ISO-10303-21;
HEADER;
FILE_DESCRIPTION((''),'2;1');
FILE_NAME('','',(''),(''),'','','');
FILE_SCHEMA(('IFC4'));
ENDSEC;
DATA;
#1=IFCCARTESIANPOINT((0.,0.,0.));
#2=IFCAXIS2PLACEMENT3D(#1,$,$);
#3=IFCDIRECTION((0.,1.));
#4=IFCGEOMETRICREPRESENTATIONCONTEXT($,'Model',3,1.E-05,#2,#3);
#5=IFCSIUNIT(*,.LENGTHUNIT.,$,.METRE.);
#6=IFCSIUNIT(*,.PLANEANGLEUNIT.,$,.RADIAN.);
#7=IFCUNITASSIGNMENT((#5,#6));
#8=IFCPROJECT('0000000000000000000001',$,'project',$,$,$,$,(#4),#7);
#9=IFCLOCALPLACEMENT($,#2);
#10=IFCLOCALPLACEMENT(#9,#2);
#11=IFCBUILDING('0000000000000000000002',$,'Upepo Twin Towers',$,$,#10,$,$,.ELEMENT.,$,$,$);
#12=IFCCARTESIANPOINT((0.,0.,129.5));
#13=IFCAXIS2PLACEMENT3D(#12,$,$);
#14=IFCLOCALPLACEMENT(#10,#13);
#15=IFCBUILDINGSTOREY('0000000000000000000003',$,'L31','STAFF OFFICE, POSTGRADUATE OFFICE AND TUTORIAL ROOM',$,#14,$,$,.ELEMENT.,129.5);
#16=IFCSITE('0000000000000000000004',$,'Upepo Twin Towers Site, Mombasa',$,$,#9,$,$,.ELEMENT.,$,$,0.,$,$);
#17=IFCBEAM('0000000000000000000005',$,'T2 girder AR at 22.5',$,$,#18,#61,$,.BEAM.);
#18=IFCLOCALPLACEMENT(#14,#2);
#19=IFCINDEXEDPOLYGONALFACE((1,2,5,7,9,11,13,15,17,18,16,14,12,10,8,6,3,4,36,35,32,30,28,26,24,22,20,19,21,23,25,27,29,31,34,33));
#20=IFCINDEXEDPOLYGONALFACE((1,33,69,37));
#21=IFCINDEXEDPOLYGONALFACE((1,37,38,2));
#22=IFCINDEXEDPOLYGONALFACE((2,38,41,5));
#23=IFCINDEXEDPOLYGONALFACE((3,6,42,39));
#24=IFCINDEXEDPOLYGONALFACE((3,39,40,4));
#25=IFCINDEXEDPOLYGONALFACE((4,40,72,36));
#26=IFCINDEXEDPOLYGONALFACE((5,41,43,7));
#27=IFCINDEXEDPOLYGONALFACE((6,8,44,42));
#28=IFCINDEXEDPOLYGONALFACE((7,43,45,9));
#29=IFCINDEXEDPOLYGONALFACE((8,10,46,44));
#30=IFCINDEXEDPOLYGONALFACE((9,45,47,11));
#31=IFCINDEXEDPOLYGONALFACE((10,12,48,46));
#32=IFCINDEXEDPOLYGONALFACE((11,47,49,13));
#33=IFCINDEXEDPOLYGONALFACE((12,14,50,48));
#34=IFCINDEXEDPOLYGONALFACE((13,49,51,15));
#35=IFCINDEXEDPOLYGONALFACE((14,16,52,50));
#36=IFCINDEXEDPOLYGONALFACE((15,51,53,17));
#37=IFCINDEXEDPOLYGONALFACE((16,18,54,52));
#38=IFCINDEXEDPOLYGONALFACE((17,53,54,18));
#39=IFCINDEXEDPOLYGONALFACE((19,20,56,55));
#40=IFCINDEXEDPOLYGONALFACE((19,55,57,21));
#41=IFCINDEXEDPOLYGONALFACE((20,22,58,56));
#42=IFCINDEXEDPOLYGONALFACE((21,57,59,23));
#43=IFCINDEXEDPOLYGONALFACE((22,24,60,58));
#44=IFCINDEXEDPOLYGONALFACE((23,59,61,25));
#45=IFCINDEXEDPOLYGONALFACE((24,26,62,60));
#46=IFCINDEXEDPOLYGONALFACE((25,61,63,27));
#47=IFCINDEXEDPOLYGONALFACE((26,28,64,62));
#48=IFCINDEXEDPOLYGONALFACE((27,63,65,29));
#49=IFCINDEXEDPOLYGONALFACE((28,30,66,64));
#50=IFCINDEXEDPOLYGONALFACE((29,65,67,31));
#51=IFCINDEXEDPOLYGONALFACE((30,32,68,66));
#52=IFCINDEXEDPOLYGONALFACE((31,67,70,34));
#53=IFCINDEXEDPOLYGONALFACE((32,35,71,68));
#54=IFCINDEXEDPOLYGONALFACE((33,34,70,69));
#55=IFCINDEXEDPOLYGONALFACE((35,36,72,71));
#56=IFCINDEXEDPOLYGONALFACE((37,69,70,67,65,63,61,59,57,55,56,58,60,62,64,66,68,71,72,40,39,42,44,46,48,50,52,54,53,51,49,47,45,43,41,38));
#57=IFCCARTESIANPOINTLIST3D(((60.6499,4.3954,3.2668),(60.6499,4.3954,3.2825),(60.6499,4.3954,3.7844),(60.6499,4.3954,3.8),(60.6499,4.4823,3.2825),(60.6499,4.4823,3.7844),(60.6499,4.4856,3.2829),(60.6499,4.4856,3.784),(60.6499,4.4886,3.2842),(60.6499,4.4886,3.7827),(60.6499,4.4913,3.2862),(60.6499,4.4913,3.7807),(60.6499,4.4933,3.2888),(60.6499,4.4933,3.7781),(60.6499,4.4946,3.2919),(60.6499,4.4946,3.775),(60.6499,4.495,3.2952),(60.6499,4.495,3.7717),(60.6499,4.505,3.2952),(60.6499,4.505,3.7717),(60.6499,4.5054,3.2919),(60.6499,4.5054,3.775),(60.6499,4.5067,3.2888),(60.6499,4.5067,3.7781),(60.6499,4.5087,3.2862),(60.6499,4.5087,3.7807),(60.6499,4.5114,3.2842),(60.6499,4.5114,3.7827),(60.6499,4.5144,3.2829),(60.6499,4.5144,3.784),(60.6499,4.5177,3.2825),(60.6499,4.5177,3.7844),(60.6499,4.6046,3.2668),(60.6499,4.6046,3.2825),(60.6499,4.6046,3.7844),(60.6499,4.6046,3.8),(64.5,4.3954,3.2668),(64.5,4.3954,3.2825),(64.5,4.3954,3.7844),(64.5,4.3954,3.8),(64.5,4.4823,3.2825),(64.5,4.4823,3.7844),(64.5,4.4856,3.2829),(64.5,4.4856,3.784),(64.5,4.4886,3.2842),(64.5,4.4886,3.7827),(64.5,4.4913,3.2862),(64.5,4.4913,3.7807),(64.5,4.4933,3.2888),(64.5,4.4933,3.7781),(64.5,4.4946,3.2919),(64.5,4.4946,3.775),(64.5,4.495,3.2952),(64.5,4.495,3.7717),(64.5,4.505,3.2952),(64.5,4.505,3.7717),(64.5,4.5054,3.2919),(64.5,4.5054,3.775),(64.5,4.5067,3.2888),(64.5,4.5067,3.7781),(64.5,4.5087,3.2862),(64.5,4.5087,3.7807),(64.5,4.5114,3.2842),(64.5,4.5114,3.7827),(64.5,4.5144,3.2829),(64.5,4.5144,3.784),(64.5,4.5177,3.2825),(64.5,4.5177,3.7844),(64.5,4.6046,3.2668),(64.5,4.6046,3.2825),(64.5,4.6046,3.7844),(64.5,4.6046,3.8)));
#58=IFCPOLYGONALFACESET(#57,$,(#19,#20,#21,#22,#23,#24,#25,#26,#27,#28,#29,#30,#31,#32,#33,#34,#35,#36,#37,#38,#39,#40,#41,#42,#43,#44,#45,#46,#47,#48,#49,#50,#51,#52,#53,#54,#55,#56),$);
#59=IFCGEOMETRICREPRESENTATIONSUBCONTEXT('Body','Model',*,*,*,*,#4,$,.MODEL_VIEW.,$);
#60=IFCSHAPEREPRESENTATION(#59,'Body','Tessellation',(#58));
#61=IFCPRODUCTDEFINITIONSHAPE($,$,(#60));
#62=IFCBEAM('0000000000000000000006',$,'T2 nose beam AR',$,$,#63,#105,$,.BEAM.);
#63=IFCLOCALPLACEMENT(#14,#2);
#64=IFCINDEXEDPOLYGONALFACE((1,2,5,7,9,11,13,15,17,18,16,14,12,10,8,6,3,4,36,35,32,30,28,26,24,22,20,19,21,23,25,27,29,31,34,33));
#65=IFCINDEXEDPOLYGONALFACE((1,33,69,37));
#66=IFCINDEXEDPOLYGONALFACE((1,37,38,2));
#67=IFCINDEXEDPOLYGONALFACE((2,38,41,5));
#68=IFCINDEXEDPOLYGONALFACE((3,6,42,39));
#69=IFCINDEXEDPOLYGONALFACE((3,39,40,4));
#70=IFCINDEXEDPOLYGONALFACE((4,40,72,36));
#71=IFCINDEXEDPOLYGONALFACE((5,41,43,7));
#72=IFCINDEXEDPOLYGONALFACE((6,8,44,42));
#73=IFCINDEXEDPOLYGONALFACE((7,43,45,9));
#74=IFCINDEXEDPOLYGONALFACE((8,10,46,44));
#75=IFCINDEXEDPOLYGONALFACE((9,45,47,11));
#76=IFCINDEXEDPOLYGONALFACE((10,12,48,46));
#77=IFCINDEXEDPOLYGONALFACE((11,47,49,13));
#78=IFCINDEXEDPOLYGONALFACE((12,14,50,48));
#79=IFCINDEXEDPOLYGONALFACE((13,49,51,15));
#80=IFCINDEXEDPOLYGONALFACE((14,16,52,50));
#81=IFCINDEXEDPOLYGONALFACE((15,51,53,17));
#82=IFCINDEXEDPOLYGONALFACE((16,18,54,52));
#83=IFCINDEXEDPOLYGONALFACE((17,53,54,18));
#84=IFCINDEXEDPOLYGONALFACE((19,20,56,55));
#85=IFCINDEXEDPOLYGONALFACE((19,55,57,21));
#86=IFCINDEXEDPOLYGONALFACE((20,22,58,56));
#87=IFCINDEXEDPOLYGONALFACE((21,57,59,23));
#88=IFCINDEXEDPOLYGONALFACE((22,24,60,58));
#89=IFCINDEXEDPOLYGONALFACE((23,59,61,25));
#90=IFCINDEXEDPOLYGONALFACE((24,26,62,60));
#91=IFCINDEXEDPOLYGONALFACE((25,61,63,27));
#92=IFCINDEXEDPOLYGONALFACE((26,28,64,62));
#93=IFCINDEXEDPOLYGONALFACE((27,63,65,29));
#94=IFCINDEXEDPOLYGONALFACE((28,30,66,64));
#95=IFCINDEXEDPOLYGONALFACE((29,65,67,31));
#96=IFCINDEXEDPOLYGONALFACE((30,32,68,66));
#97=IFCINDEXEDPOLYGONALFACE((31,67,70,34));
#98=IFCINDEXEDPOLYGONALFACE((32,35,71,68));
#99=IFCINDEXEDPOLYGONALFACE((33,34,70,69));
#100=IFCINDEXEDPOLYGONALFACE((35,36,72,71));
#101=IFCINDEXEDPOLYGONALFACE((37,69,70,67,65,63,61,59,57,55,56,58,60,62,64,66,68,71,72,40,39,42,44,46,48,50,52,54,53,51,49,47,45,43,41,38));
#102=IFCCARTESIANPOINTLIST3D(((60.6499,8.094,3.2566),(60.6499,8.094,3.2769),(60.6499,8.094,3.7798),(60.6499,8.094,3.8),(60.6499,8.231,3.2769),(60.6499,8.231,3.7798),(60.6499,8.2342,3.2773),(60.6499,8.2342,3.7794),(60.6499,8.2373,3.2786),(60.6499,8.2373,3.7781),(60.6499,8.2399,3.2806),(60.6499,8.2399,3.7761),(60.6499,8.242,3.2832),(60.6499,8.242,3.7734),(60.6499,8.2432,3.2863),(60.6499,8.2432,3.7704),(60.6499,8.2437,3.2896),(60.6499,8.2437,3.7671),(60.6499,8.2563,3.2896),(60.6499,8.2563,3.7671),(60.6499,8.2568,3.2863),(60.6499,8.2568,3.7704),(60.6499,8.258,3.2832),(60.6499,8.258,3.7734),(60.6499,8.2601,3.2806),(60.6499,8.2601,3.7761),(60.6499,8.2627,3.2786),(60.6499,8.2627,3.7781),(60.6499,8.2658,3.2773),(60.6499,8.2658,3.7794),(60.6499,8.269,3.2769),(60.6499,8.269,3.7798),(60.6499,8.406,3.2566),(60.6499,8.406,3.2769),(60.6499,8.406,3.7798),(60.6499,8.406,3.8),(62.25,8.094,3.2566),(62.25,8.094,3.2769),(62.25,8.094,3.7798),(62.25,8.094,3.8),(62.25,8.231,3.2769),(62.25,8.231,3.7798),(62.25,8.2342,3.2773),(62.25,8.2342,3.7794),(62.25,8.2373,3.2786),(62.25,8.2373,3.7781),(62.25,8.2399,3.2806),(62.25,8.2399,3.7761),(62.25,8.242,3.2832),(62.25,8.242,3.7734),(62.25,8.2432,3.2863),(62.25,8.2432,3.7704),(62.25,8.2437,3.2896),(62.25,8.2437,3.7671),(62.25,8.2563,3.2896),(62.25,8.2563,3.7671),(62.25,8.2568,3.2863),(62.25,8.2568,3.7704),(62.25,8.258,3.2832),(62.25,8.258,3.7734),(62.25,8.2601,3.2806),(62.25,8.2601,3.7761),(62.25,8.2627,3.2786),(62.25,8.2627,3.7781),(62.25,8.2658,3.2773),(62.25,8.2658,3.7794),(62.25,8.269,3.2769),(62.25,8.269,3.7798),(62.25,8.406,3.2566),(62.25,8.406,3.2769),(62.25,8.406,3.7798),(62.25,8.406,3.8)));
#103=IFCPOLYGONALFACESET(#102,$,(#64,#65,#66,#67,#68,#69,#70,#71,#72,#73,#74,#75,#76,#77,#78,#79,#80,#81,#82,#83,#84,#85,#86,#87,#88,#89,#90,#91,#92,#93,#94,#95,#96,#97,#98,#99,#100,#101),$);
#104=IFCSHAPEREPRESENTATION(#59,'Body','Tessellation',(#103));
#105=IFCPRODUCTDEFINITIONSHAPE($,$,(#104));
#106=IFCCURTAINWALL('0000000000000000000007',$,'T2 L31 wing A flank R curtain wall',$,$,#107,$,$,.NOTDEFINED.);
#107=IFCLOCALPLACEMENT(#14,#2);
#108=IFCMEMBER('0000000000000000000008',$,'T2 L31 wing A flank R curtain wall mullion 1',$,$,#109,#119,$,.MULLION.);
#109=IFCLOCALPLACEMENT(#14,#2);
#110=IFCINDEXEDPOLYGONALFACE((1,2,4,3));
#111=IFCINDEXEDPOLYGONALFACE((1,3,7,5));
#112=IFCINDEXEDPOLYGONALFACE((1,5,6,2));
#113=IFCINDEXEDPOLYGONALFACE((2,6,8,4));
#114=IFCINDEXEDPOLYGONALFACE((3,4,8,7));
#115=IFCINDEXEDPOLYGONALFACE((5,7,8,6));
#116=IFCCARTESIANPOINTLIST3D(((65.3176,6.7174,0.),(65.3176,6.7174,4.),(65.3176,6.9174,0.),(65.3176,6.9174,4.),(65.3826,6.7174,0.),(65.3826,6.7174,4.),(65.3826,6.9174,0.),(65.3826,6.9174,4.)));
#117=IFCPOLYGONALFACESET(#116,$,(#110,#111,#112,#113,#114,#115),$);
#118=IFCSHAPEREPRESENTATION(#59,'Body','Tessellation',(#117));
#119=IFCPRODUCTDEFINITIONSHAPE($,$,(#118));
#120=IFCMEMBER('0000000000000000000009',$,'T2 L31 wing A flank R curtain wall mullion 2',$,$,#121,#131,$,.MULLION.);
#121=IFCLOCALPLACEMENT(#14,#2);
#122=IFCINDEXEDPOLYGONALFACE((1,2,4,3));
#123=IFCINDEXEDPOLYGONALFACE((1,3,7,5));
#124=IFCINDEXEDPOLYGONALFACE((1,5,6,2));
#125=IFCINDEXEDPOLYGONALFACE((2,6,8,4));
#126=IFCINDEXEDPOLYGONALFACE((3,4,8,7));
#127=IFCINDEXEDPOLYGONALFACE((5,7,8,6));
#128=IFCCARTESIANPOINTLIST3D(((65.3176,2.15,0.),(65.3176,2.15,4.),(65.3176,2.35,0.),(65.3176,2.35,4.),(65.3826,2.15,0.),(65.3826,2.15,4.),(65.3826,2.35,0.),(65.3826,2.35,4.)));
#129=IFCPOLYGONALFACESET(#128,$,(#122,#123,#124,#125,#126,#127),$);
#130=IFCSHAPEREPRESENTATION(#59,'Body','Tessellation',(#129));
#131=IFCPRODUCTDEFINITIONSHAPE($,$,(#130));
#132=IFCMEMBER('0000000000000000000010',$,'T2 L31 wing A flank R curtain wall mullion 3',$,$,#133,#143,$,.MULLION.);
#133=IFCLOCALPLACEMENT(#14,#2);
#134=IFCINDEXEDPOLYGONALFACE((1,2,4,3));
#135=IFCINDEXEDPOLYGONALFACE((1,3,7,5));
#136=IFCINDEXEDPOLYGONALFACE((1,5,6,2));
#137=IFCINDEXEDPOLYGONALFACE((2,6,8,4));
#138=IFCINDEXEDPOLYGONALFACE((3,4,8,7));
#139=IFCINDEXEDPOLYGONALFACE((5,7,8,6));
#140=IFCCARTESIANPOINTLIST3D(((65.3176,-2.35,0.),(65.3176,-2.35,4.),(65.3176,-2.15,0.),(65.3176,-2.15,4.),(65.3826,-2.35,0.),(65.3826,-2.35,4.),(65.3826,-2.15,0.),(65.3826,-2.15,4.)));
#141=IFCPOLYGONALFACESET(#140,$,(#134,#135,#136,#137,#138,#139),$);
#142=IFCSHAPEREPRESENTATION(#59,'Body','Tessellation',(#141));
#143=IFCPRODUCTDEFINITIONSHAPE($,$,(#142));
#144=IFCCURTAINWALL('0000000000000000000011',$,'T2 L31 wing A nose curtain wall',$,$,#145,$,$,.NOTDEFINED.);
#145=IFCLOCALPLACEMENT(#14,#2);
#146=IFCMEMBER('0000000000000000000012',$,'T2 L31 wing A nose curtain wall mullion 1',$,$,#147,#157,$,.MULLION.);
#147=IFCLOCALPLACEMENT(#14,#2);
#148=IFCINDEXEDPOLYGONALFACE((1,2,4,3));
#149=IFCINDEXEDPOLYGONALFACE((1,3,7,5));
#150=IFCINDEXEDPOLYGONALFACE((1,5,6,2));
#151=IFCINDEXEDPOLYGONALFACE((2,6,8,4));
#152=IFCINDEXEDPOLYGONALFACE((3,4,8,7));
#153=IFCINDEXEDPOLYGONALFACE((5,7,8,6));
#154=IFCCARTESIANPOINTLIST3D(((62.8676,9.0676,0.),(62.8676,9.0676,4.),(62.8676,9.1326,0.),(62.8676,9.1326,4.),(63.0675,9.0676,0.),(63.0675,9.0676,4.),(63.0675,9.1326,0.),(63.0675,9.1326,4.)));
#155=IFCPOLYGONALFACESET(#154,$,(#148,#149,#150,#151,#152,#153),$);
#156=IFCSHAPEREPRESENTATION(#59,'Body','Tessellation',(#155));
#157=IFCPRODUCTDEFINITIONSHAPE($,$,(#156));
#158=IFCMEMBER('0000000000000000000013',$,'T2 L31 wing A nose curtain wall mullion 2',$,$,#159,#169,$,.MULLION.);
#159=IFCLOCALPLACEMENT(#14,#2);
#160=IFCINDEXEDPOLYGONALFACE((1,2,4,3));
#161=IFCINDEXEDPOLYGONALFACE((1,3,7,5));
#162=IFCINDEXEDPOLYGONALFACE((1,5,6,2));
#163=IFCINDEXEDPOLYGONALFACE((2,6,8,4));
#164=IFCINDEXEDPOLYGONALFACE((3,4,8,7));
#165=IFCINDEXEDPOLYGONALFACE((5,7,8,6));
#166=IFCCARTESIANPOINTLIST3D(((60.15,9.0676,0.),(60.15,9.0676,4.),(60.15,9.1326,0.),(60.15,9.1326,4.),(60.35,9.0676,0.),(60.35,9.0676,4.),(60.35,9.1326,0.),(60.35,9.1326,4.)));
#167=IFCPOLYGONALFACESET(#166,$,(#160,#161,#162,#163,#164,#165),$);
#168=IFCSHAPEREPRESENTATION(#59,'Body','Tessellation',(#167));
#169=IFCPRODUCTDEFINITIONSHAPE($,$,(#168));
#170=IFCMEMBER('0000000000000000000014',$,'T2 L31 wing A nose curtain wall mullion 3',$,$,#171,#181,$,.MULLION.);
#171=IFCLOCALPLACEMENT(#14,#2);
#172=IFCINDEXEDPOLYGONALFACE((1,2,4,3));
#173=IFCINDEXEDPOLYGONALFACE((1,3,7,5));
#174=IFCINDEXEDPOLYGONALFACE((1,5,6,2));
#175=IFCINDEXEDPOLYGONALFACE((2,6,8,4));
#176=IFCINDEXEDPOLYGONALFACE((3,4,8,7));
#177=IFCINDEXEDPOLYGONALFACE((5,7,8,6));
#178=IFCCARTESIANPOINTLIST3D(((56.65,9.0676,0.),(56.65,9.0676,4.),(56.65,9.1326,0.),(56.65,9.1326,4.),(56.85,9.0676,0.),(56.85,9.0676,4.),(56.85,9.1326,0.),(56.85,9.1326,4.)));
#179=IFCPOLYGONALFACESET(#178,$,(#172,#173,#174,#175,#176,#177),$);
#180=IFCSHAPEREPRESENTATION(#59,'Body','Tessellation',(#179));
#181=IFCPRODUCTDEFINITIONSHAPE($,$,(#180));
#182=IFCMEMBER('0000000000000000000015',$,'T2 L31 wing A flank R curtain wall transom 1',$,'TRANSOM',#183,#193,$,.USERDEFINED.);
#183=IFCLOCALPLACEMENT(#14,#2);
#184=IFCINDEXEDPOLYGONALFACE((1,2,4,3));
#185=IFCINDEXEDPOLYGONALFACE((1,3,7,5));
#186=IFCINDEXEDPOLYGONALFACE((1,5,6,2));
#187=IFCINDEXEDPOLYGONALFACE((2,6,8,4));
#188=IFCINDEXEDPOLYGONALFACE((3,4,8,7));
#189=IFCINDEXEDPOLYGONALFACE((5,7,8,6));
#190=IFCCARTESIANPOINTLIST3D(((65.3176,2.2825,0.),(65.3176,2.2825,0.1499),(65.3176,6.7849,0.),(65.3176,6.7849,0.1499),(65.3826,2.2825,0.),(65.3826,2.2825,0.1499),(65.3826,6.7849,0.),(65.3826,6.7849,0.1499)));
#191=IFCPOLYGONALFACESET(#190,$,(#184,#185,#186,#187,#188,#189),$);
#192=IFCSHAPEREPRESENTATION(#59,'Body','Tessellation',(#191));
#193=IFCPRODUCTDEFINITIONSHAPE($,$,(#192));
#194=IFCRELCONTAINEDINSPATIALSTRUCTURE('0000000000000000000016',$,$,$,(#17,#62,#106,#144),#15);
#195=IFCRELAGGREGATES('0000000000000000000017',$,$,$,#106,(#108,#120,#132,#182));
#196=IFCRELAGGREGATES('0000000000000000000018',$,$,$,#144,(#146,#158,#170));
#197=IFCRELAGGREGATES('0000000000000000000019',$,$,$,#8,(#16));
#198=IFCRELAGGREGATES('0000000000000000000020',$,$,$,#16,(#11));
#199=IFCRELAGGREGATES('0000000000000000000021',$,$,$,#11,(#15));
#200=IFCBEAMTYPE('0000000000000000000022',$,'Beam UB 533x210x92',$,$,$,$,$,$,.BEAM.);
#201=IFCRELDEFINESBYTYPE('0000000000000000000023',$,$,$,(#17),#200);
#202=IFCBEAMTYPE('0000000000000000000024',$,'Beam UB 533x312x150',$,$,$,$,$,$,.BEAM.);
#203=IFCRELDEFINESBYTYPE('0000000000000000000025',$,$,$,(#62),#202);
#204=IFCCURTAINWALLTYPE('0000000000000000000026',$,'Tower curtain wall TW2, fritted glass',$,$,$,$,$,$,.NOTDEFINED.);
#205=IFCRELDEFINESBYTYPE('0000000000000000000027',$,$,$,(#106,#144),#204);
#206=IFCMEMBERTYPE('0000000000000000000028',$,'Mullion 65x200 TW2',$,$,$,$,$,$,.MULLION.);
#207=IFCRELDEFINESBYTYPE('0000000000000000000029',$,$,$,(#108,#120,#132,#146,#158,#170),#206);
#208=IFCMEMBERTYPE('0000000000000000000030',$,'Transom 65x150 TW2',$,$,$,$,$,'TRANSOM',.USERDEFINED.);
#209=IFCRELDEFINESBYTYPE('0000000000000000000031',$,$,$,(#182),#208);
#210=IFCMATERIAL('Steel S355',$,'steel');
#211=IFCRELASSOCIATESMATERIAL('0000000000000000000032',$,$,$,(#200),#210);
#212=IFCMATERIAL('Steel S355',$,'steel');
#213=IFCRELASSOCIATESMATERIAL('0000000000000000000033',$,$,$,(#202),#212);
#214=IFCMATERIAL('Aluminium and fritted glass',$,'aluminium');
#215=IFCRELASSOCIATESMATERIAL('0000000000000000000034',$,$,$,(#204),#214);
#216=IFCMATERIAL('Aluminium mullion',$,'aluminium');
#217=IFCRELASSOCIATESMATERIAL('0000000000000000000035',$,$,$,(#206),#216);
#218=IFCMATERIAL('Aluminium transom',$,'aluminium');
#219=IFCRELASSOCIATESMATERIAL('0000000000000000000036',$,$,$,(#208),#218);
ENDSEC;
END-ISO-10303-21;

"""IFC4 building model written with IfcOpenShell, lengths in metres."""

from ifc_helpers import new_model, si_unit, direction, frame, origin, origin_2d, place, context, subcontext, project, spatial, rectangle, i_section, extrude, material, material_profile, profile_set, type_object, element, aggregate, save


model = new_model("IFC4")

# Units and contexts
model_context = context("Model", 3, precision=1e-05, world=origin(), true_north=direction((0.0, 1.0)))
body_context = subcontext(model_context, "Body", "Model", "MODEL_VIEW")
ifc_project = project(units=[si_unit("LENGTHUNIT", "METRE"), si_unit("PLANEANGLEUNIT", "RADIAN")], contexts=[model_context])

# Site, building, storey
site_placement = place(None, origin())
site = spatial("IfcSite", under=ifc_project, at=site_placement, Name="Upepo Twin Towers Site, Mombasa", CompositionType="ELEMENT", RefElevation=0.0)
building_placement = place(site_placement, origin())
building = spatial("IfcBuilding", under=site, at=building_placement, Name="Upepo Twin Towers", CompositionType="ELEMENT")
storey_placement = place(building_placement, frame((0.0, 0.0, 129.5)))
storey = spatial("IfcBuildingStorey", under=building, at=storey_placement, Name="L31", Description="STAFF OFFICE, POSTGRADUATE OFFICE AND TUTORIAL ROOM", CompositionType="ELEMENT", Elevation=129.5)

# Beams
ifc_material_1 = material(Name="Steel S355", Category="steel")
ifc_material_profile_1 = material_profile(ifc_material_1, i_section(OverallWidth=0.2092, OverallDepth=0.5332, WebThickness=0.01, FlangeThickness=0.0156, FilletRadius=0.0127, at=origin_2d()), Name="UB 533x210x92")
ifc_profile_set_1 = profile_set([ifc_material_profile_1], Name="Steel S355")
beam_type_1 = type_object("IfcBeamType", Name="Beam UB 533x210x92", PredefinedType="BEAM", material=ifc_profile_set_1)
for number, where, z_axis, x_axis, name in (
    (1, (64.5, 4.5, 3.5334), (-1.0, 0.0, 0.0), (0.0, -1.0, 0.0), "T2 girder AR at 22.5"),
):
    element("IfcBeam", number, at=place(storey_placement, frame(where, z_axis=z_axis, x_axis=x_axis)), inside=storey, type_object=beam_type_1, Name=name, PredefinedType="BEAM", context=body_context, shape_type="SweptSolid", body=[
        extrude(i_section(OverallWidth=0.2092, OverallDepth=0.5332, WebThickness=0.01, FlangeThickness=0.0156, FilletRadius=0.0127, at=origin_2d()), origin(), (0.0, 0.0, 1.0), 3.8501),
    ])
ifc_material_2 = material(Name="Steel S355", Category="steel")
ifc_material_profile_2 = material_profile(ifc_material_2, i_section(OverallWidth=0.312, OverallDepth=0.5435, WebThickness=0.0127, FlangeThickness=0.0203, FilletRadius=0.0127, at=origin_2d()), Name="UB 533x312x150")
ifc_profile_set_2 = profile_set([ifc_material_profile_2], Name="Steel S355")
beam_type_2 = type_object("IfcBeamType", Name="Beam UB 533x312x150", PredefinedType="BEAM", material=ifc_profile_set_2)
beam_1_placement = place(storey_placement, frame((62.25, 8.25, 3.5283), z_axis=(-1.0, 0.0, 0.0), x_axis=(0.0, -1.0, 0.0)))
element("IfcBeam", 2, at=beam_1_placement, inside=storey, type_object=beam_type_2, Name="T2 nose beam AR", PredefinedType="BEAM", context=body_context, shape_type="SweptSolid", body=[
    extrude(i_section(OverallWidth=0.312, OverallDepth=0.5435, WebThickness=0.0127, FlangeThickness=0.0203, FilletRadius=0.0127, at=origin_2d()), origin(), (0.0, 0.0, 1.0), 1.6001),
])

# Curtain walls, members
ifc_material_3 = material(Name="Aluminium and fritted glass", Category="aluminium")
curtain_wall_type = type_object("IfcCurtainWallType", Name="Tower curtain wall TW2, fritted glass", PredefinedType="NOTDEFINED", material=ifc_material_3)
curtain_wall_1_placement = place(storey_placement, origin())
curtain_wall_1 = element("IfcCurtainWall", 3, at=curtain_wall_1_placement, inside=storey, type_object=curtain_wall_type, Name="T2 L31 wing A flank R curtain wall", PredefinedType="NOTDEFINED")
ifc_material_4 = material(Name="Aluminium mullion", Category="aluminium")
ifc_material_profile_3 = material_profile(ifc_material_4, rectangle(XDim=0.0649, YDim=0.2, at=origin_2d()), Name="MULLION 65x200")
ifc_profile_set_3 = profile_set([ifc_material_profile_3], Name="Aluminium mullion")
member_type_1 = type_object("IfcMemberType", Name="Mullion 65x200 TW2", PredefinedType="MULLION", material=ifc_profile_set_3)
member_1_placement = place(storey_placement, frame((65.3501, 6.8174, 0.0), z_axis=(0.0, 0.0, 1.0), x_axis=(1.0, 0.0, 0.0)))
member_1 = element("IfcMember", 4, at=member_1_placement, type_object=member_type_1, Name="T2 L31 wing A flank R curtain wall mullion 1", PredefinedType="MULLION", context=body_context, shape_type="SweptSolid", body=[
    extrude(rectangle(XDim=0.0649, YDim=0.2, at=origin_2d()), origin(), (0.0, 0.0, 1.0), 4.0),
])
member_2_placement = place(storey_placement, frame((65.3501, 2.25, 0.0), z_axis=(0.0, 0.0, 1.0), x_axis=(1.0, 0.0, 0.0)))
member_2 = element("IfcMember", 5, at=member_2_placement, type_object=member_type_1, Name="T2 L31 wing A flank R curtain wall mullion 2", PredefinedType="MULLION", context=body_context, shape_type="SweptSolid", body=[
    extrude(rectangle(XDim=0.0649, YDim=0.2, at=origin_2d()), origin(), (0.0, 0.0, 1.0), 4.0),
])
member_3_placement = place(storey_placement, frame((65.3501, -2.25, 0.0), z_axis=(0.0, 0.0, 1.0), x_axis=(1.0, 0.0, 0.0)))
member_3 = element("IfcMember", 6, at=member_3_placement, type_object=member_type_1, Name="T2 L31 wing A flank R curtain wall mullion 3", PredefinedType="MULLION", context=body_context, shape_type="SweptSolid", body=[
    extrude(rectangle(XDim=0.0649, YDim=0.2, at=origin_2d()), origin(), (0.0, 0.0, 1.0), 4.0),
])
curtain_wall_2_placement = place(storey_placement, origin())
curtain_wall_2 = element("IfcCurtainWall", 7, at=curtain_wall_2_placement, inside=storey, type_object=curtain_wall_type, Name="T2 L31 wing A nose curtain wall", PredefinedType="NOTDEFINED")
member_4_placement = place(storey_placement, frame((62.9675, 9.1001, 0.0), z_axis=(0.0, 0.0, 1.0), x_axis=(0.0, -1.0, 0.0)))
member_4 = element("IfcMember", 8, at=member_4_placement, type_object=member_type_1, Name="T2 L31 wing A nose curtain wall mullion 1", PredefinedType="MULLION", context=body_context, shape_type="SweptSolid", body=[
    extrude(rectangle(XDim=0.0649, YDim=0.2, at=origin_2d()), origin(), (0.0, 0.0, 1.0), 4.0),
])
member_5_placement = place(storey_placement, frame((60.25, 9.1001, 0.0), z_axis=(0.0, 0.0, 1.0), x_axis=(0.0, -1.0, 0.0)))
member_5 = element("IfcMember", 9, at=member_5_placement, type_object=member_type_1, Name="T2 L31 wing A nose curtain wall mullion 2", PredefinedType="MULLION", context=body_context, shape_type="SweptSolid", body=[
    extrude(rectangle(XDim=0.0649, YDim=0.2, at=origin_2d()), origin(), (0.0, 0.0, 1.0), 4.0),
])
member_6_placement = place(storey_placement, frame((56.75, 9.1001, 0.0), z_axis=(0.0, 0.0, 1.0), x_axis=(0.0, -1.0, 0.0)))
member_6 = element("IfcMember", 10, at=member_6_placement, type_object=member_type_1, Name="T2 L31 wing A nose curtain wall mullion 3", PredefinedType="MULLION", context=body_context, shape_type="SweptSolid", body=[
    extrude(rectangle(XDim=0.0649, YDim=0.2, at=origin_2d()), origin(), (0.0, 0.0, 1.0), 4.0),
])

# Member
ifc_material_5 = material(Name="Aluminium transom", Category="aluminium")
ifc_material_profile_4 = material_profile(ifc_material_5, rectangle(XDim=0.0649, YDim=0.1499, at=origin_2d()), Name="TRANSOM 65x150")
ifc_profile_set_4 = profile_set([ifc_material_profile_4], Name="Aluminium transom")
member_type_2 = type_object("IfcMemberType", Name="Transom 65x150 TW2", ElementType="TRANSOM", PredefinedType="USERDEFINED", material=ifc_profile_set_4)
member_7_placement = place(storey_placement, frame((65.3501, 6.7849, 0.075), z_axis=(0.0, -1.0, 0.0), x_axis=(1.0, 0.0, 0.0)))
member_7 = element("IfcMember", 11, at=member_7_placement, type_object=member_type_2, Name="T2 L31 wing A flank R curtain wall transom 1", ObjectType="TRANSOM", PredefinedType="USERDEFINED", context=body_context, shape_type="SweptSolid", body=[
    extrude(rectangle(XDim=0.0649, YDim=0.1499, at=origin_2d()), origin(), (0.0, 0.0, 1.0), 4.5024),
])

aggregate(curtain_wall_1, [member_1, member_2, member_3, member_7])
aggregate(curtain_wall_2, [member_4, member_5, member_6])

save(model, "model.ifc")
